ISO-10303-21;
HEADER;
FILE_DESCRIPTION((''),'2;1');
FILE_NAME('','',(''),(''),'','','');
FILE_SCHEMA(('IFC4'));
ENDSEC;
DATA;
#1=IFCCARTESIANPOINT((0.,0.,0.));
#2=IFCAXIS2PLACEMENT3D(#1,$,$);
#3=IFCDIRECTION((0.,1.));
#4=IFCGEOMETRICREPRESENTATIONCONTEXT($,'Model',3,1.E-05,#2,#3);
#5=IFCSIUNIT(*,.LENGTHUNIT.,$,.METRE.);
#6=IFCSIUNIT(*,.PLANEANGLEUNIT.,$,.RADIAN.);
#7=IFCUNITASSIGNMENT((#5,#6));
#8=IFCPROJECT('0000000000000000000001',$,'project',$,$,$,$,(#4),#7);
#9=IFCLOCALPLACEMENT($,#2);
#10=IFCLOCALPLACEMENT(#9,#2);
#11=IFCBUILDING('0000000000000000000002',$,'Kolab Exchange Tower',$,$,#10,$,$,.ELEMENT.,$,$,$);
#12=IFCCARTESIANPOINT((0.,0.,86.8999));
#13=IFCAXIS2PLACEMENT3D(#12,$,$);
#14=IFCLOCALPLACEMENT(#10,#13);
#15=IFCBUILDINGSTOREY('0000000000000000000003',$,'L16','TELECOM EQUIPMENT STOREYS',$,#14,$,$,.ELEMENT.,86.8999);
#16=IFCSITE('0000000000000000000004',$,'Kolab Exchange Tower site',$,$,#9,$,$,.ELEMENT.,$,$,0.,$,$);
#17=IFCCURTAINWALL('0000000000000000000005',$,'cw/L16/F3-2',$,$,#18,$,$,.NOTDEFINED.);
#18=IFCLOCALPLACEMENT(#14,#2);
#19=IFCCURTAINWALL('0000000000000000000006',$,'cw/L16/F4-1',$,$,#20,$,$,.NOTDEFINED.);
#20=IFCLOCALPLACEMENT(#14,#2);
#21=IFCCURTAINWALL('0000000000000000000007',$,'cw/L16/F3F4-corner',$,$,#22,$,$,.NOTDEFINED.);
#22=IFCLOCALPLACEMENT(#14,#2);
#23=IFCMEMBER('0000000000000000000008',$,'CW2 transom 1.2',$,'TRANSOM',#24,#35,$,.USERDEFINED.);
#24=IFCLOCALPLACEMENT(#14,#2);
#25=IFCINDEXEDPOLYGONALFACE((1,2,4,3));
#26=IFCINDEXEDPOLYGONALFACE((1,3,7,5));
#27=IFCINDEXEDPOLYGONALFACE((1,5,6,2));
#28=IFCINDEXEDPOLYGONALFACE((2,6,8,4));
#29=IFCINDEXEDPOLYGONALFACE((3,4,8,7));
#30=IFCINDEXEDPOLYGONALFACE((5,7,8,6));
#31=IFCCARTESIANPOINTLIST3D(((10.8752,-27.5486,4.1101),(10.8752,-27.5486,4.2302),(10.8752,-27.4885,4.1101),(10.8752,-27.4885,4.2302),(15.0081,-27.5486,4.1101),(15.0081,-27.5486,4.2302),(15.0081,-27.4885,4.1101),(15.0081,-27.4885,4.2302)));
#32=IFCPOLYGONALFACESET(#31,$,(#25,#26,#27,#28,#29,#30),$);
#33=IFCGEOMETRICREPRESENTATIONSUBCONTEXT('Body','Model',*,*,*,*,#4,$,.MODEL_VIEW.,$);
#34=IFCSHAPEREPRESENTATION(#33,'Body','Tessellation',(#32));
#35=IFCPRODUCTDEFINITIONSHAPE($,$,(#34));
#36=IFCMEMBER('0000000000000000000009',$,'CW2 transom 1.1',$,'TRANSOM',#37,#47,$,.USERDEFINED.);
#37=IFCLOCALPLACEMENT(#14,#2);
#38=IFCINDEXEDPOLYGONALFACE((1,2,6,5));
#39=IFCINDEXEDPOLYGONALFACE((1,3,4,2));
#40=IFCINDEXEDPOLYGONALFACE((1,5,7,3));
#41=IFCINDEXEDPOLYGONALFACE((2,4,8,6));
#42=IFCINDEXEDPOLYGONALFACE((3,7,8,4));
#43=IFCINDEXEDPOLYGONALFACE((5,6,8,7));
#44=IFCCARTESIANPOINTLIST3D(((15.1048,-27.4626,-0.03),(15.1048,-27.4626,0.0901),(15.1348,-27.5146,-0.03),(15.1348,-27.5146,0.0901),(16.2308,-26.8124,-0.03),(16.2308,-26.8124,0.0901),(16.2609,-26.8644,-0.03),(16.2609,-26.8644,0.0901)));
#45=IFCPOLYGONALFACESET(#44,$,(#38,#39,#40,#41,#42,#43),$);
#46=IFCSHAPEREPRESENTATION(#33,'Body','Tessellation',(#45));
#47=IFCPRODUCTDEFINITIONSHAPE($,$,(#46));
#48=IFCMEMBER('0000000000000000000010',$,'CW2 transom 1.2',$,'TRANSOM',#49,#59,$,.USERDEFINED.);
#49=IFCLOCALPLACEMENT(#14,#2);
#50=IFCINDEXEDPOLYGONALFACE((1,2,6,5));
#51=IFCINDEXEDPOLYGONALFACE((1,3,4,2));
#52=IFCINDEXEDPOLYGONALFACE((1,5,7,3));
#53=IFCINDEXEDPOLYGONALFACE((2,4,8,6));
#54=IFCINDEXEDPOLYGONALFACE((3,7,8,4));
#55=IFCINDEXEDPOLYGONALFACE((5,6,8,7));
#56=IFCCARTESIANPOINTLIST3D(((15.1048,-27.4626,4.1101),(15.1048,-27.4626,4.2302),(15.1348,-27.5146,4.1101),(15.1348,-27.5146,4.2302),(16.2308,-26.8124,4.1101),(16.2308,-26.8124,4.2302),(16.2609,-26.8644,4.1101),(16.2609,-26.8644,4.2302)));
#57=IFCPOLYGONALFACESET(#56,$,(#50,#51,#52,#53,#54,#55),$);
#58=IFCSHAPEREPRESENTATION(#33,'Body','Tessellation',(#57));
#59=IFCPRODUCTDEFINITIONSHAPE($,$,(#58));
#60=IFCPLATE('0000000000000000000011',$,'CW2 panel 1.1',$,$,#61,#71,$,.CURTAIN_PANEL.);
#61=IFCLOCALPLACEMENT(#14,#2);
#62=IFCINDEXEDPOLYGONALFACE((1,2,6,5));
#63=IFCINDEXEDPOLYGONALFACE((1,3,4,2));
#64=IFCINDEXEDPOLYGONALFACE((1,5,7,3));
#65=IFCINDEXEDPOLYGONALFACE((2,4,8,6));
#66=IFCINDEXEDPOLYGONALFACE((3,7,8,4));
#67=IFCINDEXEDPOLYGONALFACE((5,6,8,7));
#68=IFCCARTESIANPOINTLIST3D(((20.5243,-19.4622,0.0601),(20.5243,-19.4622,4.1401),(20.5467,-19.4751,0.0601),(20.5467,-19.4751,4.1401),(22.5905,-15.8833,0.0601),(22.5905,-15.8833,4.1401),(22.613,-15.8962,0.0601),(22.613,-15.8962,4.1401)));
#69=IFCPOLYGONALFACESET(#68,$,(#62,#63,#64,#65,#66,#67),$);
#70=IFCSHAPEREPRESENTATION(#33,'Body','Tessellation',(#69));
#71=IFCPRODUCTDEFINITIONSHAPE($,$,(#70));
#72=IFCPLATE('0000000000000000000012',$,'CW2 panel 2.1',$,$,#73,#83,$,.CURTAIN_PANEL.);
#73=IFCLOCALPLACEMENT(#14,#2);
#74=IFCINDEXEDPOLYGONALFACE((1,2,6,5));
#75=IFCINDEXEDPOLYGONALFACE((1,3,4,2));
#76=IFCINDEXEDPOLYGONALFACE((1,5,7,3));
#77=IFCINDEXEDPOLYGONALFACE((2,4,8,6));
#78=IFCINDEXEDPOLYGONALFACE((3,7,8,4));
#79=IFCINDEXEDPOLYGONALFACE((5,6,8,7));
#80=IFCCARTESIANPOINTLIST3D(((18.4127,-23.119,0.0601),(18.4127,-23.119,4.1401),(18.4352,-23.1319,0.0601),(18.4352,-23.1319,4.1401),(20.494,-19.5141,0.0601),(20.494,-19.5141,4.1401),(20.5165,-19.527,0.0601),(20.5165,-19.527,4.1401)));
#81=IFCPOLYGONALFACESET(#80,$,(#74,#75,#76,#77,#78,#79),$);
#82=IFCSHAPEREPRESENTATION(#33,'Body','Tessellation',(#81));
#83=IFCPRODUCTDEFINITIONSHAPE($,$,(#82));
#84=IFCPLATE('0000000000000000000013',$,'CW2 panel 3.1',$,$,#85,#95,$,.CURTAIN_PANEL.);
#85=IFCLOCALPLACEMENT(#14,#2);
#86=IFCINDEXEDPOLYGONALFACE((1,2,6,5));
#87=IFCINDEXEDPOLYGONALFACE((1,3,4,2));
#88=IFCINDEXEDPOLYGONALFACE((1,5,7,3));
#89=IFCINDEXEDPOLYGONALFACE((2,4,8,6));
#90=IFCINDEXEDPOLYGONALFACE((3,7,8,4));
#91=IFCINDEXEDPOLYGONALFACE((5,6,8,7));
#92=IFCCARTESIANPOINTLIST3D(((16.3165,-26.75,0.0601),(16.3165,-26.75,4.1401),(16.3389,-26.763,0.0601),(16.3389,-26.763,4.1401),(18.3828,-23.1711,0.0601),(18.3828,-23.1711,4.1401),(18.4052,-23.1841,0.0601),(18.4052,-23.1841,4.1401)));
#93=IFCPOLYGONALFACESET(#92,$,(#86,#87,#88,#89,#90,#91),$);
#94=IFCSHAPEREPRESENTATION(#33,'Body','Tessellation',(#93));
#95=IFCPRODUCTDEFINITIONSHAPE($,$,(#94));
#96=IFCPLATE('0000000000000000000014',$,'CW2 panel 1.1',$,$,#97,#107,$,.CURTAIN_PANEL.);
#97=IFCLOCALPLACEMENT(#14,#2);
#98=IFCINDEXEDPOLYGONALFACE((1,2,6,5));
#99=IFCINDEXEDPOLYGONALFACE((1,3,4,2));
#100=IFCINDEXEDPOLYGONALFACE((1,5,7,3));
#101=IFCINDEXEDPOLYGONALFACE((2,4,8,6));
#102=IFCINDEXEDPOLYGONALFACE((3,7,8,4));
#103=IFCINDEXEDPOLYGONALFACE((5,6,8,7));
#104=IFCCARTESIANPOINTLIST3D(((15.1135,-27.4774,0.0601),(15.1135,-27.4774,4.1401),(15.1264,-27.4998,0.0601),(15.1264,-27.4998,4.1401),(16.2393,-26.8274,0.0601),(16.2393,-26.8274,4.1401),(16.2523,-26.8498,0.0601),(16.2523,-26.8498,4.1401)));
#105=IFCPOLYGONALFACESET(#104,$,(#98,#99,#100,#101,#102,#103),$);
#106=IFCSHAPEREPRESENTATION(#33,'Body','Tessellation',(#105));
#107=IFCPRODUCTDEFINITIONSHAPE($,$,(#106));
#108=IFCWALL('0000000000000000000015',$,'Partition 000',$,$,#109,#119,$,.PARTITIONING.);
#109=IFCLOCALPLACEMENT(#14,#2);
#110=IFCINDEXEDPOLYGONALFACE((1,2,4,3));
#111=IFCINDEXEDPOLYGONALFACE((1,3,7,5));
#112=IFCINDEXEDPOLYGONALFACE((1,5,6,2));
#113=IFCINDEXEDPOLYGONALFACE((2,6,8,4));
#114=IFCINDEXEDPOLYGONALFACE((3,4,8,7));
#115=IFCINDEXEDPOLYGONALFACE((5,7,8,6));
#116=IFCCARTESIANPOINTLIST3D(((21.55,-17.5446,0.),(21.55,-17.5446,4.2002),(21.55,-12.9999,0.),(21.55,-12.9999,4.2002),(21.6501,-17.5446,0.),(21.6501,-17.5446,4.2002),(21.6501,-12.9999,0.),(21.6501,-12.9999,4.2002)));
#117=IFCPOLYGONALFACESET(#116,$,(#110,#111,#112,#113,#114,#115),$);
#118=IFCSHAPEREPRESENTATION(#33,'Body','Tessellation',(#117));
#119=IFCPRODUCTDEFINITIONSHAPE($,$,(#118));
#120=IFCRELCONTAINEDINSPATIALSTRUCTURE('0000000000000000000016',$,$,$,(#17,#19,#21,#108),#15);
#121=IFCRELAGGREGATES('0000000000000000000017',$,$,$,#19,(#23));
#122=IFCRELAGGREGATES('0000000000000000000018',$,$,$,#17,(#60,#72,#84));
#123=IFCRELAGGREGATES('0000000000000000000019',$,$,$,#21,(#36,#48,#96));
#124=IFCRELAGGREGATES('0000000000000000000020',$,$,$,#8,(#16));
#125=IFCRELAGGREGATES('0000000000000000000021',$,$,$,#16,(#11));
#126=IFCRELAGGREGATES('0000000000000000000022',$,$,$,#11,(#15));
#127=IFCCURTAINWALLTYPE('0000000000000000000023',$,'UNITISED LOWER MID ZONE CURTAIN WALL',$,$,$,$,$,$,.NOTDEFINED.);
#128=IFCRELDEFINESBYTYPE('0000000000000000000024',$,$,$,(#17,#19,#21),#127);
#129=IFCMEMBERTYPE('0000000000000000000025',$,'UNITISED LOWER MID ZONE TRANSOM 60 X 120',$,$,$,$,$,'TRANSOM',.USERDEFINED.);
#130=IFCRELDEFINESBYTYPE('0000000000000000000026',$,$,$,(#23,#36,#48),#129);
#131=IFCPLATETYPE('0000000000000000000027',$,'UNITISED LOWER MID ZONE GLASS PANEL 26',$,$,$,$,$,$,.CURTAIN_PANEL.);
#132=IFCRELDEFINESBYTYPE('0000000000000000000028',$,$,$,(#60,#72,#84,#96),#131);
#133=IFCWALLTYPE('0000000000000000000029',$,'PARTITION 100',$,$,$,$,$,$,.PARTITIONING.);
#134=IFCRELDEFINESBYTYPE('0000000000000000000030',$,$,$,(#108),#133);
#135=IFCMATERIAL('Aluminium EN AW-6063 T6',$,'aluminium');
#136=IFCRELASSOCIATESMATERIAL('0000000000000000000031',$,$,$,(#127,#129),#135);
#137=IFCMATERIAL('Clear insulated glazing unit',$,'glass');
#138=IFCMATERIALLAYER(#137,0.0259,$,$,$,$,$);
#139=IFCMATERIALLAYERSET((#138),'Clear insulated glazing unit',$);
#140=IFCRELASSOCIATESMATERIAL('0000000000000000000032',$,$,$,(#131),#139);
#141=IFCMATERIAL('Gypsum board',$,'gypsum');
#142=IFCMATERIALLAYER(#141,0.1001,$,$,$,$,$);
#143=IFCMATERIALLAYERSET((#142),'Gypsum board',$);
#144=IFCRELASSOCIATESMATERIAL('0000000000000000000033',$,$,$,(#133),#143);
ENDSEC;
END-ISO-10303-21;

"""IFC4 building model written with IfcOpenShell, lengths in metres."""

from ifc_helpers import new_model, si_unit, direction, frame, frame_2d, origin, origin_2d, place, context, subcontext, project, spatial, rectangle, extrude, material, layer, layer_set, material_profile, profile_set, type_object, element, aggregate, save


model = new_model("IFC4")

# Units and contexts
model_context = context("Model", 3, precision=1e-05, world=origin(), true_north=direction((0.0, 1.0)))
body_context = subcontext(model_context, "Body", "Model", "MODEL_VIEW")
ifc_project = project(units=[si_unit("LENGTHUNIT", "METRE"), si_unit("PLANEANGLEUNIT", "RADIAN")], contexts=[model_context])

# Site, building, storey
site_placement = place(None, origin())
site = spatial("IfcSite", under=ifc_project, at=site_placement, Name="Kolab Exchange Tower site", CompositionType="ELEMENT", RefElevation=0.0)
building_placement = place(site_placement, origin())
building = spatial("IfcBuilding", under=site, at=building_placement, Name="Kolab Exchange Tower", CompositionType="ELEMENT")
storey_placement = place(building_placement, frame((0.0, 0.0, 86.8999)))
storey = spatial("IfcBuildingStorey", under=building, at=storey_placement, Name="L16", Description="TELECOM EQUIPMENT STOREYS", CompositionType="ELEMENT", Elevation=86.8999)

# Curtain wall
ifc_material_1 = material(Name="Aluminium EN AW-6063 T6", Category="aluminium")
curtain_wall_type = type_object("IfcCurtainWallType", Name="UNITISED LOWER MID ZONE CURTAIN WALL", PredefinedType="NOTDEFINED", material=ifc_material_1)
curtain_wall_1_placement = place(storey_placement, origin())
curtain_wall_1 = element("IfcCurtainWall", 1, at=curtain_wall_1_placement, inside=storey, type_object=curtain_wall_type, Name="cw/L16/F3-2", PredefinedType="NOTDEFINED")

# Curtain wall
curtain_wall_2_placement = place(storey_placement, origin())
curtain_wall_2 = element("IfcCurtainWall", 2, at=curtain_wall_2_placement, inside=storey, type_object=curtain_wall_type, Name="cw/L16/F4-1", PredefinedType="NOTDEFINED")

# Curtain wall
curtain_wall_3_placement = place(storey_placement, origin())
curtain_wall_3 = element("IfcCurtainWall", 3, at=curtain_wall_3_placement, inside=storey, type_object=curtain_wall_type, Name="cw/L16/F3F4-corner", PredefinedType="NOTDEFINED")

# Members
ifc_material_profile_1 = material_profile(ifc_material_1, rectangle(XDim=0.0601, YDim=0.1201, at=origin_2d()), Name="RECT 60X120")
ifc_profile_set_1 = profile_set([ifc_material_profile_1], Name="Aluminium EN AW-6063 T6")
member_type_1 = type_object("IfcMemberType", Name="UNITISED LOWER MID ZONE TRANSOM 60 X 120", ElementType="TRANSOM", PredefinedType="USERDEFINED", material=ifc_profile_set_1)
member_1_placement = place(storey_placement, frame((15.0081, -27.5186, 4.1702), z_axis=(-1.0, 0.0, 0.0), x_axis=(0.0, -1.0, 0.0)))
member_1 = element("IfcMember", 4, at=member_1_placement, type_object=member_type_1, Name="CW2 transom 1.2", ObjectType="TRANSOM", PredefinedType="USERDEFINED", context=body_context, shape_type="SweptSolid", body=[
    extrude(rectangle(XDim=0.0601, YDim=0.1201, at=origin_2d()), origin(), (0.0, 0.0, 1.0), 4.1328),
])
aggregate(curtain_wall_2, [member_1])
member_2_placement = place(storey_placement, frame((16.2458, -26.8384, 0.03), z_axis=(-0.866004, -0.500037, 0.0), x_axis=(0.500037, -0.866004, 0.0)))
member_2 = element("IfcMember", 5, at=member_2_placement, type_object=member_type_1, Name="CW2 transom 1.1", ObjectType="TRANSOM", PredefinedType="USERDEFINED", context=body_context, shape_type="SweptSolid", body=[
    extrude(rectangle(XDim=0.0601, YDim=0.1201, at=origin_2d()), origin(), (0.0, 0.0, 1.0), 1.3003),
])
member_3_placement = place(storey_placement, frame((16.2458, -26.8384, 4.1702), z_axis=(-0.866004, -0.500037, 0.0), x_axis=(0.500037, -0.866004, 0.0)))
member_3 = element("IfcMember", 6, at=member_3_placement, type_object=member_type_1, Name="CW2 transom 1.2", ObjectType="TRANSOM", PredefinedType="USERDEFINED", context=body_context, shape_type="SweptSolid", body=[
    extrude(rectangle(XDim=0.0601, YDim=0.1201, at=origin_2d()), origin(), (0.0, 0.0, 1.0), 1.3003),
])

# Plates
ifc_material_2 = material(Name="Clear insulated glazing unit", Category="glass")
ifc_layer_1 = layer(ifc_material_2, 0.0259)
ifc_layer_set_1 = layer_set([ifc_layer_1], Name="Clear insulated glazing unit")
plate_type = type_object("IfcPlateType", Name="UNITISED LOWER MID ZONE GLASS PANEL 26", PredefinedType="CURTAIN_PANEL", material=ifc_layer_set_1)
plate_1_placement = place(storey_placement, frame((21.5686, -17.6792, 0.0601), z_axis=(0.0, 0.0, 1.0), x_axis=(-0.5, -0.866025, 0.0)))
plate_1 = element("IfcPlate", 7, at=plate_1_placement, type_object=plate_type, Name="CW2 panel 1.1", PredefinedType="CURTAIN_PANEL", context=body_context, shape_type="SweptSolid", body=[
    extrude(rectangle(XDim=4.1326, YDim=0.0259, at=origin_2d()), origin(), (0.0, 0.0, 1.0), 4.0801),
])
plate_2_placement = place(storey_placement, frame((19.4646, -21.323, 0.0601), z_axis=(0.0, 0.0, 1.0), x_axis=(-0.5, -0.866025, 0.0)))
plate_2 = element("IfcPlate", 8, at=plate_2_placement, type_object=plate_type, Name="CW2 panel 2.1", PredefinedType="CURTAIN_PANEL", context=body_context, shape_type="SweptSolid", body=[
    extrude(rectangle(XDim=4.1626, YDim=0.0259, at=origin_2d()), origin(), (0.0, 0.0, 1.0), 4.0801),
])
plate_3_placement = place(storey_placement, frame((17.3608, -24.967, 0.0601), z_axis=(0.0, 0.0, 1.0), x_axis=(-0.5, -0.866025, 0.0)))
plate_3 = element("IfcPlate", 9, at=plate_3_placement, type_object=plate_type, Name="CW2 panel 3.1", PredefinedType="CURTAIN_PANEL", context=body_context, shape_type="SweptSolid", body=[
    extrude(rectangle(XDim=4.1326, YDim=0.0259, at=origin_2d()), origin(), (0.0, 0.0, 1.0), 4.0801),
])
aggregate(curtain_wall_1, [plate_1, plate_2, plate_3])
plate_4_placement = place(storey_placement, frame((15.6829, -27.1636, 0.0601), z_axis=(0.0, 0.0, 1.0), x_axis=(-0.866025, -0.5, 0.0)))
plate_4 = element("IfcPlate", 10, at=plate_4_placement, type_object=plate_type, Name="CW2 panel 1.1", PredefinedType="CURTAIN_PANEL", context=body_context, shape_type="SweptSolid", body=[
    extrude(rectangle(XDim=1.3, YDim=0.0259, at=origin_2d()), origin(), (0.0, 0.0, 1.0), 4.0801),
])
aggregate(curtain_wall_3, [member_2, member_3, plate_4])

# Wall
ifc_material_3 = material(Name="Gypsum board", Category="gypsum")
ifc_layer_2 = layer(ifc_material_3, 0.1001)
ifc_layer_set_2 = layer_set([ifc_layer_2], Name="Gypsum board")
wall_type = type_object("IfcWallType", Name="PARTITION 100", PredefinedType="PARTITIONING", material=ifc_layer_set_2)
wall_placement = place(storey_placement, frame((21.6001, -17.5447, 0.0), z_axis=(0.0, 0.0, 1.0), x_axis=(0.0, 1.0, 0.0)))
element("IfcWall", 11, at=wall_placement, inside=storey, type_object=wall_type, Name="Partition 000", PredefinedType="PARTITIONING", context=body_context, shape_type="SweptSolid", body=[
    extrude(rectangle(XDim=4.5447, YDim=0.1001, at=frame_2d((2.2725, 0.0))), origin(), (0.0, 0.0, 1.0), 4.2002),
])

save(model, "model.ifc")
